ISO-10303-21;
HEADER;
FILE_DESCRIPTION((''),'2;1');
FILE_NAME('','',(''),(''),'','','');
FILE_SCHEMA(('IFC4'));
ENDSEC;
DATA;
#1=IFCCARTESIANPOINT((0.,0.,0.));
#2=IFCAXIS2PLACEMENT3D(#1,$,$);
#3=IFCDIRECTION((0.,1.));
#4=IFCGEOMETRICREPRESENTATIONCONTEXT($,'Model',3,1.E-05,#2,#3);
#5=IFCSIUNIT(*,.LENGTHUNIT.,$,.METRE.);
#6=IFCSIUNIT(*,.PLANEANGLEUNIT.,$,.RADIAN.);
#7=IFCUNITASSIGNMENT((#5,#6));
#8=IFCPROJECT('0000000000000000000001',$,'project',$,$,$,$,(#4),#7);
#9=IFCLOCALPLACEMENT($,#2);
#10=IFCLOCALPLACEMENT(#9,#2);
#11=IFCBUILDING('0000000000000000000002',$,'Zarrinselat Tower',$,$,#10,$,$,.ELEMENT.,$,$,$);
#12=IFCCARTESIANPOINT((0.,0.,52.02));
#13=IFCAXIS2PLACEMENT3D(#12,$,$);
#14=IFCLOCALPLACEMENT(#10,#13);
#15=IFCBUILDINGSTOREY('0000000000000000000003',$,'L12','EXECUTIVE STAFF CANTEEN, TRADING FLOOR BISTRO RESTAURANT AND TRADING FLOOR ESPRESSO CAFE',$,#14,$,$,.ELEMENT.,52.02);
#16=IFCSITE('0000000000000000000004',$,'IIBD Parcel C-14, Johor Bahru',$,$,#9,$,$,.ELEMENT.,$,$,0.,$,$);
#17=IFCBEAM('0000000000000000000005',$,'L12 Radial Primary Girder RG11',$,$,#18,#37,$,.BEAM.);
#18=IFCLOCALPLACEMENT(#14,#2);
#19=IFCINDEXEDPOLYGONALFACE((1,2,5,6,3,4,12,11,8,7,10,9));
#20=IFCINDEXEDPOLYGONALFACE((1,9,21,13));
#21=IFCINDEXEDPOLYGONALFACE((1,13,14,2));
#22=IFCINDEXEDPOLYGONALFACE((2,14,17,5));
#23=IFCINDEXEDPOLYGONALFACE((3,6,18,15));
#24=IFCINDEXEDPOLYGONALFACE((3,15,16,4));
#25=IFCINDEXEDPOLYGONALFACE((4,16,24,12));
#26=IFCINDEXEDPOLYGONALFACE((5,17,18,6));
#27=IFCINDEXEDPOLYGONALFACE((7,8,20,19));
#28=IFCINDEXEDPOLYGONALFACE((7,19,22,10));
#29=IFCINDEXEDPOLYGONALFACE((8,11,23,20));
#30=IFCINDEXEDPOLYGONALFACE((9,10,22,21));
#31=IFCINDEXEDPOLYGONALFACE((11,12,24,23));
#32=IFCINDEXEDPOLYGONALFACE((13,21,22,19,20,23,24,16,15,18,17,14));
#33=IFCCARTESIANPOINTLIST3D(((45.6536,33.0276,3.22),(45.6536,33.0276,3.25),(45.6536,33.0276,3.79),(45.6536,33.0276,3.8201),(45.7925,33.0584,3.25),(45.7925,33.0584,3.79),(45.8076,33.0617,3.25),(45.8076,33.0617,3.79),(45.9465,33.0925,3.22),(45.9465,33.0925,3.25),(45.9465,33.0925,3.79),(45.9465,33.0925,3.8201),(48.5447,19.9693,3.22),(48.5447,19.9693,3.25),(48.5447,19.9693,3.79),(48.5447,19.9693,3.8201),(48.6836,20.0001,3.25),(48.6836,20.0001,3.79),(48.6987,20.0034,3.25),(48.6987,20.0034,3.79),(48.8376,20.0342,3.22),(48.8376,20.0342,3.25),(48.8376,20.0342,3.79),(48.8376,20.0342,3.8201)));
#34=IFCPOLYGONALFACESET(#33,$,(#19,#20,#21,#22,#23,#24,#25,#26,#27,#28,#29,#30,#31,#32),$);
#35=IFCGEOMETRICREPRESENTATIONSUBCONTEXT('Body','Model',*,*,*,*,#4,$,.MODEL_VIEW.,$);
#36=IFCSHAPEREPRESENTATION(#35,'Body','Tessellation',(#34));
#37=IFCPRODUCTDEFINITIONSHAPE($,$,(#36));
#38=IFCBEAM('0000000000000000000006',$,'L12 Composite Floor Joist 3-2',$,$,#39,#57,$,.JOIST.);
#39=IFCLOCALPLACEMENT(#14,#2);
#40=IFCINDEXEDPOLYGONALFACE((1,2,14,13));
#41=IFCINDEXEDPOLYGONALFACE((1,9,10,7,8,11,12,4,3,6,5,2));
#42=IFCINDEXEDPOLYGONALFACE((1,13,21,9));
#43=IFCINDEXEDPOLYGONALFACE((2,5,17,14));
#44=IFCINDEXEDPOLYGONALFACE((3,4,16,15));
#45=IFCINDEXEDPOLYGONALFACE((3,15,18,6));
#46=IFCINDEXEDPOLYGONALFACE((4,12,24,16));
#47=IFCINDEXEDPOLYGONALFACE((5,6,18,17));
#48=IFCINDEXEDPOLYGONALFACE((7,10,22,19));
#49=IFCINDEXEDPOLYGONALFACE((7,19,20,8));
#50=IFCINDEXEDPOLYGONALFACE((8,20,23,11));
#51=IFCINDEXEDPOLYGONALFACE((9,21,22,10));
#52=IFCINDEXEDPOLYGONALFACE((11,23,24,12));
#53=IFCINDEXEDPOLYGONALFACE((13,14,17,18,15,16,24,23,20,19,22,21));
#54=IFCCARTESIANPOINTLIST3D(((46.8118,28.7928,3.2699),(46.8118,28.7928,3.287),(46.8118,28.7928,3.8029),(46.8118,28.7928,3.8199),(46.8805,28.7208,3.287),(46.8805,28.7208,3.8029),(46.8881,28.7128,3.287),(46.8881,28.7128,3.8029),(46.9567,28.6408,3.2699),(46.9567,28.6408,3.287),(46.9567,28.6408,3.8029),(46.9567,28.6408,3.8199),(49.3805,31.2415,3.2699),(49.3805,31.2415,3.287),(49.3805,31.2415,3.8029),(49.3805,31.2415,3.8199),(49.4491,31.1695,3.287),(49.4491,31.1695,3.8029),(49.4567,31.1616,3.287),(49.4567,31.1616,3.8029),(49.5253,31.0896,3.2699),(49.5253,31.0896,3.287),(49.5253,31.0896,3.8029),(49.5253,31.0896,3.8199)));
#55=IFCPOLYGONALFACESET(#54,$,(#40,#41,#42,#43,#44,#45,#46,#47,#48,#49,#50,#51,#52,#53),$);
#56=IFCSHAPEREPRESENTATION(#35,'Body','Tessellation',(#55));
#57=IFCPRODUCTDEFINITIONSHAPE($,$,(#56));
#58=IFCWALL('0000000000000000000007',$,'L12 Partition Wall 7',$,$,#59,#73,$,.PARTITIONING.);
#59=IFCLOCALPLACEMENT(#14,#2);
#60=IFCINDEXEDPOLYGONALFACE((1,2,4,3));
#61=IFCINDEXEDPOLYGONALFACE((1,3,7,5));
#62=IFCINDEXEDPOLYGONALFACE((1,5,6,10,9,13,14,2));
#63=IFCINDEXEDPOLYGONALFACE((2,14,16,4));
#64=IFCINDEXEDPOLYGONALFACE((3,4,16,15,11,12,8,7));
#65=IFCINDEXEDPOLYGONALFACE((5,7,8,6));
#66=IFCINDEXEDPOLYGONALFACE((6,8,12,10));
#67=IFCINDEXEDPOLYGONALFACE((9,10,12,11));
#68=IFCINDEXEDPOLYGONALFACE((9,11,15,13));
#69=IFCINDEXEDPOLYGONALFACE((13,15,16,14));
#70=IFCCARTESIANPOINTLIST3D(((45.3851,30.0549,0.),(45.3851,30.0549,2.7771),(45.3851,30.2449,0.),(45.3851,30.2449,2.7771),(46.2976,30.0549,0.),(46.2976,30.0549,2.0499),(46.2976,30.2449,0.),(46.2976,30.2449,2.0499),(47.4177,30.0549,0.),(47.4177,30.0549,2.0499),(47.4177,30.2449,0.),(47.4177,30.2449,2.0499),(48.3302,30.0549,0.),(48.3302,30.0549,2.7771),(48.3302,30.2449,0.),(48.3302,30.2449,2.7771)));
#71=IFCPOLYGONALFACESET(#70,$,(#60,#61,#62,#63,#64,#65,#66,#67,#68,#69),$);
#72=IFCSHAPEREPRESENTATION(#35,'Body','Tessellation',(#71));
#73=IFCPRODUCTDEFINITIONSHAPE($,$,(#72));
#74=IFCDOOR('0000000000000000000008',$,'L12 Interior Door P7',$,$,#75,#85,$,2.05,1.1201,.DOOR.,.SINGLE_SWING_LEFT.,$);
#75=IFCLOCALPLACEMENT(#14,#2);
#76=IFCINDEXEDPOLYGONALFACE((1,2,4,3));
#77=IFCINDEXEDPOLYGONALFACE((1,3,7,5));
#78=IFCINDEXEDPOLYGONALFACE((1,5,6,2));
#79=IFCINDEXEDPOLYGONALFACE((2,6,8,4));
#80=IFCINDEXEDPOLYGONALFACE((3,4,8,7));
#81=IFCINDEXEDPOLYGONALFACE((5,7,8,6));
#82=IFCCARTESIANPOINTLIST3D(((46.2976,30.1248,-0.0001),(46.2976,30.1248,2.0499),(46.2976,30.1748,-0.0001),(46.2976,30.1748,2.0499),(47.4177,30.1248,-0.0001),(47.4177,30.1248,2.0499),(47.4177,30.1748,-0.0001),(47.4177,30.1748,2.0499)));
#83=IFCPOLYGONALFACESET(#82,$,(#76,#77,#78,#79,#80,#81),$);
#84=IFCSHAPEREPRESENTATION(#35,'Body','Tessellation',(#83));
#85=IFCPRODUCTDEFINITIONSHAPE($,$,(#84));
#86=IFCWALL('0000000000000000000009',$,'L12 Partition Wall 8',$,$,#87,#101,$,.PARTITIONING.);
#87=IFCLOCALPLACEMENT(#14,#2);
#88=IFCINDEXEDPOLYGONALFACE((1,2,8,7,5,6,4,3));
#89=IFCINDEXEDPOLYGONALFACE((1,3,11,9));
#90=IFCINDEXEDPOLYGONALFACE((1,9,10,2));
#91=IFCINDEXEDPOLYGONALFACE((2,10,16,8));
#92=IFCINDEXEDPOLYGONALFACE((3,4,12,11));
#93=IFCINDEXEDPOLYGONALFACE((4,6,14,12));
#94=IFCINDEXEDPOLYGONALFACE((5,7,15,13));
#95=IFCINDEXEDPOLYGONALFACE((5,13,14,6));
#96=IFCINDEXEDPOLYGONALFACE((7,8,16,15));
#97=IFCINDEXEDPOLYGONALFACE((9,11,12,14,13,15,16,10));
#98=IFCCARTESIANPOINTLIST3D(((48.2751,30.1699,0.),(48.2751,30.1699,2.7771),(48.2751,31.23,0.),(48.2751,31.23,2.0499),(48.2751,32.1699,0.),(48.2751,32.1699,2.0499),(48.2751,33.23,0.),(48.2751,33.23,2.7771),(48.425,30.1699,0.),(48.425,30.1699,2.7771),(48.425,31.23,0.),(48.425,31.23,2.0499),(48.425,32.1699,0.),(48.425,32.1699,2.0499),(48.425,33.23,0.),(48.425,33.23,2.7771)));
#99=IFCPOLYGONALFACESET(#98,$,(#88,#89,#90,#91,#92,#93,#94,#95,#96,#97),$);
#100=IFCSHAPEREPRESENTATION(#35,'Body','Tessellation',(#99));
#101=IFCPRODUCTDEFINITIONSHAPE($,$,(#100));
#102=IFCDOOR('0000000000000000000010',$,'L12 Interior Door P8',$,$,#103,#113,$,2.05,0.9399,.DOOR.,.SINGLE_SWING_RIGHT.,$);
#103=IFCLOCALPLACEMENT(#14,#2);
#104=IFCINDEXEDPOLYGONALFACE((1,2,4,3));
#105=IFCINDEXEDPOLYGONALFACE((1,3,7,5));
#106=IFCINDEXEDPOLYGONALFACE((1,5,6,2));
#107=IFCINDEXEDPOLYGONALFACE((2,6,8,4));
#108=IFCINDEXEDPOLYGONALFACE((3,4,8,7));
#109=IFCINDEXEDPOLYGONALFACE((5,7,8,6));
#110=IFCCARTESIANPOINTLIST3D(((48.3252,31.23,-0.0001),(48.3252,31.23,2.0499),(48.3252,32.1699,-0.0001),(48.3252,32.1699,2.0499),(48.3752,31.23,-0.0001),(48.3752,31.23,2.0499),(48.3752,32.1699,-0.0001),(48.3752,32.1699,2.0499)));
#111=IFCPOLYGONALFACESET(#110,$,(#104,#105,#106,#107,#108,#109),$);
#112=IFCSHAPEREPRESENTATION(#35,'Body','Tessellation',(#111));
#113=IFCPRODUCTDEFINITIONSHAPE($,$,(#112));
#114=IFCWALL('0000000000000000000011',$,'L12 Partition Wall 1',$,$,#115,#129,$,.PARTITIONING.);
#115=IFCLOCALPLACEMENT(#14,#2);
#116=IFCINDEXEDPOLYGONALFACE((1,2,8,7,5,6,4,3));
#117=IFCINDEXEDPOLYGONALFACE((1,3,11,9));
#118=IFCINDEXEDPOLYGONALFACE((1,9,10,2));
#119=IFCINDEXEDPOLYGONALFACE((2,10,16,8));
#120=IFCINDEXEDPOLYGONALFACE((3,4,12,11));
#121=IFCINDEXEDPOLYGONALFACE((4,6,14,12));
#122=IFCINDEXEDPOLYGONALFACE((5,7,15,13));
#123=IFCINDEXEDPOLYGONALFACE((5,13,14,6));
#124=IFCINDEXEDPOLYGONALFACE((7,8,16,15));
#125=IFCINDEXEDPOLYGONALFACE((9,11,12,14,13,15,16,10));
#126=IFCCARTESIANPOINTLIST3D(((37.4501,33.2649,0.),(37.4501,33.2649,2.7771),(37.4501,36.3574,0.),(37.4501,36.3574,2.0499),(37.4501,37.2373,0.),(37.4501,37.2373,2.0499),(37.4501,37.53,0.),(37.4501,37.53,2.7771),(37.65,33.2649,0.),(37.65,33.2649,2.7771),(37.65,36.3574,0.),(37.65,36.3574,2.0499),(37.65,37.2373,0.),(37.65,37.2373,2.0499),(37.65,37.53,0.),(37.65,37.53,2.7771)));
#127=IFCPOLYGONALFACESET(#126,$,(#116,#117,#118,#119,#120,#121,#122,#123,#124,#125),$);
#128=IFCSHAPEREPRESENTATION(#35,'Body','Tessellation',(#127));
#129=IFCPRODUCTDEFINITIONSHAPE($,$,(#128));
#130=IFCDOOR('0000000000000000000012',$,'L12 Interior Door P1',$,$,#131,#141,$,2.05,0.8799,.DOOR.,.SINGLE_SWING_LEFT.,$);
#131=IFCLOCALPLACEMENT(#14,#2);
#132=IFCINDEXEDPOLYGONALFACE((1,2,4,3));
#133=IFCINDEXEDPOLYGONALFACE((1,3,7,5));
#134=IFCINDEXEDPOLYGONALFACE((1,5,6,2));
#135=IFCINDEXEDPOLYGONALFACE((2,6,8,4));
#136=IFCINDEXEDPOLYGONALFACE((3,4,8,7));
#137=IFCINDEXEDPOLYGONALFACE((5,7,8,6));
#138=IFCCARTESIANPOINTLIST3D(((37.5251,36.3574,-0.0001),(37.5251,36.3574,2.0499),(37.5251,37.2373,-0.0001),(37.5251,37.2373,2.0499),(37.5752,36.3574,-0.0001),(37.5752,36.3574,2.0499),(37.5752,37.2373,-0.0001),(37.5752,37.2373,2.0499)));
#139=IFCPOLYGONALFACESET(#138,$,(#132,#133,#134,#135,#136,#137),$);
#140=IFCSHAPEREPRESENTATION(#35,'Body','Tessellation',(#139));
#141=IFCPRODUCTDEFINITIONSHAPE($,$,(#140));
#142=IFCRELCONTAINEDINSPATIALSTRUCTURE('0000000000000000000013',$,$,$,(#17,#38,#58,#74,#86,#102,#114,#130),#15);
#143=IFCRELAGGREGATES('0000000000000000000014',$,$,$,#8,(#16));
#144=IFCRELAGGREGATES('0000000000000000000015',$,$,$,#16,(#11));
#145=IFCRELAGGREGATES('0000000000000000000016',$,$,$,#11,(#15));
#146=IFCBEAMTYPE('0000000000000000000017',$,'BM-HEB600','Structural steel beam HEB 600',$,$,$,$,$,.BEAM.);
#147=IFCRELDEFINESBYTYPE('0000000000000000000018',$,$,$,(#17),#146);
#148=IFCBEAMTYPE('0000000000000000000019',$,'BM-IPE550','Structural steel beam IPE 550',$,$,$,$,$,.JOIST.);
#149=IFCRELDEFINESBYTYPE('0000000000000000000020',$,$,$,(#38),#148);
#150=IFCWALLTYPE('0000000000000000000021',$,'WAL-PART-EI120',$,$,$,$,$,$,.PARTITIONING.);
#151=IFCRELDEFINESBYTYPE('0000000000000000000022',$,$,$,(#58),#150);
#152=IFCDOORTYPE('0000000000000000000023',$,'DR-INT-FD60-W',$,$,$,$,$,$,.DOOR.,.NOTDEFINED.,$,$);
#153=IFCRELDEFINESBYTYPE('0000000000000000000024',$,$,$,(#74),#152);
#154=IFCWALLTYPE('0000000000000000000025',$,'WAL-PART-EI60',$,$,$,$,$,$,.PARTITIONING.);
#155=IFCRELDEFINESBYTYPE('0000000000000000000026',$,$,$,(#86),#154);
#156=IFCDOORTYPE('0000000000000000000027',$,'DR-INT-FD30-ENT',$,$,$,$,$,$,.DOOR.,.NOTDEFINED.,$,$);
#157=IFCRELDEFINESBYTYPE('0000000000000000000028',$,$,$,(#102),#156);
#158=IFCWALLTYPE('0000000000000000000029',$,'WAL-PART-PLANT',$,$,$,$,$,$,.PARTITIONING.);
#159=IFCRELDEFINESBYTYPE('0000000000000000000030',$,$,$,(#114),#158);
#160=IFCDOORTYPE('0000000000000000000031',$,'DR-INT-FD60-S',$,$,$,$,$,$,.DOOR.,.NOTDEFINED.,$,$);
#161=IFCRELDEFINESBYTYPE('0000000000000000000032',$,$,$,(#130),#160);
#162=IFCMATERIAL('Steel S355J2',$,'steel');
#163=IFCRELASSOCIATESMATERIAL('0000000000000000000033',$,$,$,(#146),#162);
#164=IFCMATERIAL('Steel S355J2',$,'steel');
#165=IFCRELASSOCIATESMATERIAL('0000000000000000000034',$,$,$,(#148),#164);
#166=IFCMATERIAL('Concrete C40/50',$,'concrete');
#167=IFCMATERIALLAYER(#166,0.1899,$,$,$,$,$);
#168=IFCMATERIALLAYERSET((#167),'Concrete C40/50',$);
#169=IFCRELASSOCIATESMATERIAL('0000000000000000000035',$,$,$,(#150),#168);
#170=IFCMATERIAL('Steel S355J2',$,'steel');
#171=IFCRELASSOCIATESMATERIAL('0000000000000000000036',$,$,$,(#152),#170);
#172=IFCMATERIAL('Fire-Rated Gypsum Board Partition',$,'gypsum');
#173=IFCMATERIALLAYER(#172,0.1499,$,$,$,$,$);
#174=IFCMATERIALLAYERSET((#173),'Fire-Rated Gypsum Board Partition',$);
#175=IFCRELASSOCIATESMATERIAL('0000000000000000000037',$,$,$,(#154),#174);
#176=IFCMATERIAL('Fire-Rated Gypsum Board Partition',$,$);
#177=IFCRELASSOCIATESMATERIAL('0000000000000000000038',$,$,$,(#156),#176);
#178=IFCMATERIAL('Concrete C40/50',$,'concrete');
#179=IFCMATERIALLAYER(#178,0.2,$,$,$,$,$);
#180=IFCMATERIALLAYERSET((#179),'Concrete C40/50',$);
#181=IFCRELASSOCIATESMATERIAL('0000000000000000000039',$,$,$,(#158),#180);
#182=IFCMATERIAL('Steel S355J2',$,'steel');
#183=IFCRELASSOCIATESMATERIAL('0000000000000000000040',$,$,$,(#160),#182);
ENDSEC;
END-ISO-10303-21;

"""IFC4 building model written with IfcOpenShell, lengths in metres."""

from ifc_helpers import new_model, si_unit, direction, frame, frame_2d, origin, origin_2d, place, context, subcontext, project, spatial, rectangle, i_section, extrude, material, layer, layer_set, material_profile, profile_set, type_object, element, fill, save


model = new_model("IFC4")

# Units and contexts
model_context = context("Model", 3, precision=1e-05, world=origin(), true_north=direction((0.0, 1.0)))
body_context = subcontext(model_context, "Body", "Model", "MODEL_VIEW")
ifc_project = project(units=[si_unit("LENGTHUNIT", "METRE"), si_unit("PLANEANGLEUNIT", "RADIAN")], contexts=[model_context])

# Site, building, storey
site_placement = place(None, origin())
site = spatial("IfcSite", under=ifc_project, at=site_placement, Name="IIBD Parcel C-14, Johor Bahru", CompositionType="ELEMENT", RefElevation=0.0)
building_placement = place(site_placement, origin())
building = spatial("IfcBuilding", under=site, at=building_placement, Name="Zarrinselat Tower", CompositionType="ELEMENT")
storey_placement = place(building_placement, frame((0.0, 0.0, 52.02)))
storey = spatial("IfcBuildingStorey", under=building, at=storey_placement, Name="L12", Description="EXECUTIVE STAFF CANTEEN, TRADING FLOOR BISTRO RESTAURANT AND TRADING FLOOR ESPRESSO CAFE", CompositionType="ELEMENT", Elevation=52.02)

# Beams
ifc_material_1 = material(Name="Steel S355J2", Category="steel")
ifc_material_profile_1 = material_profile(ifc_material_1, i_section(OverallWidth=0.3, OverallDepth=0.6001, WebThickness=0.0154, FlangeThickness=0.03, at=origin_2d()), Name="HEB 600")
ifc_profile_set_1 = profile_set([ifc_material_profile_1], Name="Steel S355J2")
beam_type_1 = type_object("IfcBeamType", Name="BM-HEB600", Description="Structural steel beam HEB 600", PredefinedType="BEAM", material=ifc_profile_set_1)
beam_1_placement = place(storey_placement, frame((45.8, 33.0601, 3.52), z_axis=(0.216165, -0.976357, 0.0), x_axis=(0.976357, 0.216165, 0.0)))
element("IfcBeam", 1, at=beam_1_placement, inside=storey, type_object=beam_type_1, Name="L12 Radial Primary Girder RG11", PredefinedType="BEAM", context=body_context, shape_type="SweptSolid", body=[
    extrude(i_section(OverallWidth=0.3, OverallDepth=0.6001, WebThickness=0.0154, FlangeThickness=0.03, at=origin_2d()), origin(), (0.0, 0.0, 1.0), 13.3745),
])
ifc_material_2 = material(Name="Steel S355J2", Category="steel")
ifc_material_profile_2 = material_profile(ifc_material_2, i_section(OverallWidth=0.21, OverallDepth=0.55, WebThickness=0.011, FlangeThickness=0.0171, at=origin_2d()), Name="IPE 550")
ifc_profile_set_2 = profile_set([ifc_material_profile_2], Name="Steel S355J2")
beam_type_2 = type_object("IfcBeamType", Name="BM-IPE550", Description="Structural steel beam IPE 550", PredefinedType="JOIST", material=ifc_profile_set_2)
beam_2_placement = place(storey_placement, frame((46.8843, 28.7168, 3.5449), z_axis=(0.723794, 0.690016, 0.0), x_axis=(-0.690016, 0.723794, 0.0)))
element("IfcBeam", 2, at=beam_2_placement, inside=storey, type_object=beam_type_2, Name="L12 Composite Floor Joist 3-2", PredefinedType="JOIST", context=body_context, shape_type="SweptSolid", body=[
    extrude(i_section(OverallWidth=0.21, OverallDepth=0.55, WebThickness=0.011, FlangeThickness=0.0171, at=origin_2d()), origin(), (0.0, 0.0, 1.0), 3.5488),
])

# Walls, openings, doors
ifc_material_3 = material(Name="Concrete C40/50", Category="concrete")
ifc_layer_1 = layer(ifc_material_3, 0.1899)
ifc_layer_set_1 = layer_set([ifc_layer_1], Name="Concrete C40/50")
wall_type_1 = type_object("IfcWallType", Name="WAL-PART-EI120", PredefinedType="PARTITIONING", material=ifc_layer_set_1)
wall_1_placement = place(storey_placement, frame((45.385, 30.1499, 0.0), z_axis=(0.0, 0.0, 1.0), x_axis=(1.0, 0.0, 0.0)))
wall_1 = element("IfcWall", 3, at=wall_1_placement, inside=storey, type_object=wall_type_1, Name="L12 Partition Wall 7", PredefinedType="PARTITIONING", context=body_context, shape_type="SweptSolid", body=[
    extrude(rectangle(XDim=2.9451, YDim=0.1899, at=frame_2d((1.4727, 0.0))), origin(), (0.0, 0.0, 1.0), 2.7771),
])
opening_1_placement = place(wall_1_placement, frame((0.9126, 0.0, 0.0)))
opening_1 = element("IfcOpeningElement", 4, at=opening_1_placement, cuts=wall_1, PredefinedType="OPENING", context=body_context, shape_type="SweptSolid", body=[
    extrude(rectangle(XDim=1.1201, YDim=2.05, at=frame_2d((0.5601, 1.0249))), frame((0.0, 0.105, 0.0), z_axis=(0.0, -1.0, 0.0), x_axis=(1.0, 0.0, 0.0)), (0.0, 0.0, 1.0), 0.21),
])
ifc_material_4 = material(Name="Steel S355J2", Category="steel")
door_type_1 = type_object("IfcDoorType", Name="DR-INT-FD60-W", OperationType="NOTDEFINED", PredefinedType="DOOR", material=ifc_material_4)
door_1_placement = place(opening_1_placement, origin())
door_1 = element("IfcDoor", 5, at=door_1_placement, inside=storey, type_object=door_type_1, Name="L12 Interior Door P7", OperationType="SINGLE_SWING_LEFT", OverallHeight=2.05, OverallWidth=1.1201, PredefinedType="DOOR", context=body_context, shape_type="SweptSolid", body=[
    extrude(rectangle(XDim=1.1201, YDim=2.05, at=frame_2d((0.5601, 1.0249))), frame((0.0, 0.0249, 0.0), z_axis=(0.0, -1.0, 0.0), x_axis=(1.0, 0.0, 0.0)), (0.0, 0.0, 1.0), 0.05),
])
fill(opening_1, door_1)
ifc_material_5 = material(Name="Fire-Rated Gypsum Board Partition", Category="gypsum")
ifc_layer_2 = layer(ifc_material_5, 0.1499)
ifc_layer_set_2 = layer_set([ifc_layer_2], Name="Fire-Rated Gypsum Board Partition")
wall_type_2 = type_object("IfcWallType", Name="WAL-PART-EI60", PredefinedType="PARTITIONING", material=ifc_layer_set_2)
wall_2_placement = place(storey_placement, frame((48.3501, 30.1699, 0.0), z_axis=(0.0, 0.0, 1.0), x_axis=(0.0, 1.0, 0.0)))
wall_2 = element("IfcWall", 6, at=wall_2_placement, inside=storey, type_object=wall_type_2, Name="L12 Partition Wall 8", PredefinedType="PARTITIONING", context=body_context, shape_type="SweptSolid", body=[
    extrude(rectangle(XDim=3.0601, YDim=0.1499, at=frame_2d((1.53, 0.0))), origin(), (0.0, 0.0, 1.0), 2.7771),
])
opening_2_placement = place(wall_2_placement, frame((1.0601, 0.0, 0.0)))
opening_2 = element("IfcOpeningElement", 7, at=opening_2_placement, cuts=wall_2, PredefinedType="OPENING", context=body_context, shape_type="SweptSolid", body=[
    extrude(rectangle(XDim=0.9399, YDim=2.05, at=frame_2d((0.47, 1.0249))), frame((0.0, 0.085, 0.0), z_axis=(0.0, -1.0, 0.0), x_axis=(1.0, 0.0, 0.0)), (0.0, 0.0, 1.0), 0.1699),
])
ifc_material_6 = material(Name="Fire-Rated Gypsum Board Partition")
door_type_2 = type_object("IfcDoorType", Name="DR-INT-FD30-ENT", OperationType="NOTDEFINED", PredefinedType="DOOR", material=ifc_material_6)
door_2_placement = place(opening_2_placement, origin())
door_2 = element("IfcDoor", 8, at=door_2_placement, inside=storey, type_object=door_type_2, Name="L12 Interior Door P8", OperationType="SINGLE_SWING_RIGHT", OverallHeight=2.05, OverallWidth=0.9399, PredefinedType="DOOR", context=body_context, shape_type="SweptSolid", body=[
    extrude(rectangle(XDim=0.9399, YDim=2.05, at=frame_2d((0.47, 1.0249))), frame((0.0, 0.0249, 0.0), z_axis=(0.0, -1.0, 0.0), x_axis=(1.0, 0.0, 0.0)), (0.0, 0.0, 1.0), 0.05),
])
fill(opening_2, door_2)
ifc_material_7 = material(Name="Concrete C40/50", Category="concrete")
ifc_layer_3 = layer(ifc_material_7, 0.2)
ifc_layer_set_3 = layer_set([ifc_layer_3], Name="Concrete C40/50")
wall_type_3 = type_object("IfcWallType", Name="WAL-PART-PLANT", PredefinedType="PARTITIONING", material=ifc_layer_set_3)
wall_3_placement = place(storey_placement, frame((37.55, 33.2649, 0.0), z_axis=(0.0, 0.0, 1.0), x_axis=(0.0, 1.0, 0.0)))
wall_3 = element("IfcWall", 9, at=wall_3_placement, inside=storey, type_object=wall_type_3, Name="L12 Partition Wall 1", PredefinedType="PARTITIONING", context=body_context, shape_type="SweptSolid", body=[
    extrude(rectangle(XDim=4.2651, YDim=0.2, at=frame_2d((2.1326, 0.0))), origin(), (0.0, 0.0, 1.0), 2.7771),
])
opening_3_placement = place(wall_3_placement, frame((3.0925, 0.0, 0.0)))
opening_3 = element("IfcOpeningElement", 10, at=opening_3_placement, cuts=wall_3, PredefinedType="OPENING", context=body_context, shape_type="SweptSolid", body=[
    extrude(rectangle(XDim=0.8799, YDim=2.05, at=frame_2d((0.4399, 1.0249))), frame((0.0, 0.1099, 0.0), z_axis=(0.0, -1.0, 0.0), x_axis=(1.0, 0.0, 0.0)), (0.0, 0.0, 1.0), 0.22),
])
ifc_material_8 = material(Name="Steel S355J2", Category="steel")
door_type_3 = type_object("IfcDoorType", Name="DR-INT-FD60-S", OperationType="NOTDEFINED", PredefinedType="DOOR", material=ifc_material_8)
door_3_placement = place(opening_3_placement, origin())
door_3 = element("IfcDoor", 11, at=door_3_placement, inside=storey, type_object=door_type_3, Name="L12 Interior Door P1", OperationType="SINGLE_SWING_LEFT", OverallHeight=2.05, OverallWidth=0.8799, PredefinedType="DOOR", context=body_context, shape_type="SweptSolid", body=[
    extrude(rectangle(XDim=0.8799, YDim=2.05, at=frame_2d((0.4399, 1.0249))), frame((0.0, 0.0249, 0.0), z_axis=(0.0, -1.0, 0.0), x_axis=(1.0, 0.0, 0.0)), (0.0, 0.0, 1.0), 0.05),
])
fill(opening_3, door_3)

save(model, "model.ifc")
